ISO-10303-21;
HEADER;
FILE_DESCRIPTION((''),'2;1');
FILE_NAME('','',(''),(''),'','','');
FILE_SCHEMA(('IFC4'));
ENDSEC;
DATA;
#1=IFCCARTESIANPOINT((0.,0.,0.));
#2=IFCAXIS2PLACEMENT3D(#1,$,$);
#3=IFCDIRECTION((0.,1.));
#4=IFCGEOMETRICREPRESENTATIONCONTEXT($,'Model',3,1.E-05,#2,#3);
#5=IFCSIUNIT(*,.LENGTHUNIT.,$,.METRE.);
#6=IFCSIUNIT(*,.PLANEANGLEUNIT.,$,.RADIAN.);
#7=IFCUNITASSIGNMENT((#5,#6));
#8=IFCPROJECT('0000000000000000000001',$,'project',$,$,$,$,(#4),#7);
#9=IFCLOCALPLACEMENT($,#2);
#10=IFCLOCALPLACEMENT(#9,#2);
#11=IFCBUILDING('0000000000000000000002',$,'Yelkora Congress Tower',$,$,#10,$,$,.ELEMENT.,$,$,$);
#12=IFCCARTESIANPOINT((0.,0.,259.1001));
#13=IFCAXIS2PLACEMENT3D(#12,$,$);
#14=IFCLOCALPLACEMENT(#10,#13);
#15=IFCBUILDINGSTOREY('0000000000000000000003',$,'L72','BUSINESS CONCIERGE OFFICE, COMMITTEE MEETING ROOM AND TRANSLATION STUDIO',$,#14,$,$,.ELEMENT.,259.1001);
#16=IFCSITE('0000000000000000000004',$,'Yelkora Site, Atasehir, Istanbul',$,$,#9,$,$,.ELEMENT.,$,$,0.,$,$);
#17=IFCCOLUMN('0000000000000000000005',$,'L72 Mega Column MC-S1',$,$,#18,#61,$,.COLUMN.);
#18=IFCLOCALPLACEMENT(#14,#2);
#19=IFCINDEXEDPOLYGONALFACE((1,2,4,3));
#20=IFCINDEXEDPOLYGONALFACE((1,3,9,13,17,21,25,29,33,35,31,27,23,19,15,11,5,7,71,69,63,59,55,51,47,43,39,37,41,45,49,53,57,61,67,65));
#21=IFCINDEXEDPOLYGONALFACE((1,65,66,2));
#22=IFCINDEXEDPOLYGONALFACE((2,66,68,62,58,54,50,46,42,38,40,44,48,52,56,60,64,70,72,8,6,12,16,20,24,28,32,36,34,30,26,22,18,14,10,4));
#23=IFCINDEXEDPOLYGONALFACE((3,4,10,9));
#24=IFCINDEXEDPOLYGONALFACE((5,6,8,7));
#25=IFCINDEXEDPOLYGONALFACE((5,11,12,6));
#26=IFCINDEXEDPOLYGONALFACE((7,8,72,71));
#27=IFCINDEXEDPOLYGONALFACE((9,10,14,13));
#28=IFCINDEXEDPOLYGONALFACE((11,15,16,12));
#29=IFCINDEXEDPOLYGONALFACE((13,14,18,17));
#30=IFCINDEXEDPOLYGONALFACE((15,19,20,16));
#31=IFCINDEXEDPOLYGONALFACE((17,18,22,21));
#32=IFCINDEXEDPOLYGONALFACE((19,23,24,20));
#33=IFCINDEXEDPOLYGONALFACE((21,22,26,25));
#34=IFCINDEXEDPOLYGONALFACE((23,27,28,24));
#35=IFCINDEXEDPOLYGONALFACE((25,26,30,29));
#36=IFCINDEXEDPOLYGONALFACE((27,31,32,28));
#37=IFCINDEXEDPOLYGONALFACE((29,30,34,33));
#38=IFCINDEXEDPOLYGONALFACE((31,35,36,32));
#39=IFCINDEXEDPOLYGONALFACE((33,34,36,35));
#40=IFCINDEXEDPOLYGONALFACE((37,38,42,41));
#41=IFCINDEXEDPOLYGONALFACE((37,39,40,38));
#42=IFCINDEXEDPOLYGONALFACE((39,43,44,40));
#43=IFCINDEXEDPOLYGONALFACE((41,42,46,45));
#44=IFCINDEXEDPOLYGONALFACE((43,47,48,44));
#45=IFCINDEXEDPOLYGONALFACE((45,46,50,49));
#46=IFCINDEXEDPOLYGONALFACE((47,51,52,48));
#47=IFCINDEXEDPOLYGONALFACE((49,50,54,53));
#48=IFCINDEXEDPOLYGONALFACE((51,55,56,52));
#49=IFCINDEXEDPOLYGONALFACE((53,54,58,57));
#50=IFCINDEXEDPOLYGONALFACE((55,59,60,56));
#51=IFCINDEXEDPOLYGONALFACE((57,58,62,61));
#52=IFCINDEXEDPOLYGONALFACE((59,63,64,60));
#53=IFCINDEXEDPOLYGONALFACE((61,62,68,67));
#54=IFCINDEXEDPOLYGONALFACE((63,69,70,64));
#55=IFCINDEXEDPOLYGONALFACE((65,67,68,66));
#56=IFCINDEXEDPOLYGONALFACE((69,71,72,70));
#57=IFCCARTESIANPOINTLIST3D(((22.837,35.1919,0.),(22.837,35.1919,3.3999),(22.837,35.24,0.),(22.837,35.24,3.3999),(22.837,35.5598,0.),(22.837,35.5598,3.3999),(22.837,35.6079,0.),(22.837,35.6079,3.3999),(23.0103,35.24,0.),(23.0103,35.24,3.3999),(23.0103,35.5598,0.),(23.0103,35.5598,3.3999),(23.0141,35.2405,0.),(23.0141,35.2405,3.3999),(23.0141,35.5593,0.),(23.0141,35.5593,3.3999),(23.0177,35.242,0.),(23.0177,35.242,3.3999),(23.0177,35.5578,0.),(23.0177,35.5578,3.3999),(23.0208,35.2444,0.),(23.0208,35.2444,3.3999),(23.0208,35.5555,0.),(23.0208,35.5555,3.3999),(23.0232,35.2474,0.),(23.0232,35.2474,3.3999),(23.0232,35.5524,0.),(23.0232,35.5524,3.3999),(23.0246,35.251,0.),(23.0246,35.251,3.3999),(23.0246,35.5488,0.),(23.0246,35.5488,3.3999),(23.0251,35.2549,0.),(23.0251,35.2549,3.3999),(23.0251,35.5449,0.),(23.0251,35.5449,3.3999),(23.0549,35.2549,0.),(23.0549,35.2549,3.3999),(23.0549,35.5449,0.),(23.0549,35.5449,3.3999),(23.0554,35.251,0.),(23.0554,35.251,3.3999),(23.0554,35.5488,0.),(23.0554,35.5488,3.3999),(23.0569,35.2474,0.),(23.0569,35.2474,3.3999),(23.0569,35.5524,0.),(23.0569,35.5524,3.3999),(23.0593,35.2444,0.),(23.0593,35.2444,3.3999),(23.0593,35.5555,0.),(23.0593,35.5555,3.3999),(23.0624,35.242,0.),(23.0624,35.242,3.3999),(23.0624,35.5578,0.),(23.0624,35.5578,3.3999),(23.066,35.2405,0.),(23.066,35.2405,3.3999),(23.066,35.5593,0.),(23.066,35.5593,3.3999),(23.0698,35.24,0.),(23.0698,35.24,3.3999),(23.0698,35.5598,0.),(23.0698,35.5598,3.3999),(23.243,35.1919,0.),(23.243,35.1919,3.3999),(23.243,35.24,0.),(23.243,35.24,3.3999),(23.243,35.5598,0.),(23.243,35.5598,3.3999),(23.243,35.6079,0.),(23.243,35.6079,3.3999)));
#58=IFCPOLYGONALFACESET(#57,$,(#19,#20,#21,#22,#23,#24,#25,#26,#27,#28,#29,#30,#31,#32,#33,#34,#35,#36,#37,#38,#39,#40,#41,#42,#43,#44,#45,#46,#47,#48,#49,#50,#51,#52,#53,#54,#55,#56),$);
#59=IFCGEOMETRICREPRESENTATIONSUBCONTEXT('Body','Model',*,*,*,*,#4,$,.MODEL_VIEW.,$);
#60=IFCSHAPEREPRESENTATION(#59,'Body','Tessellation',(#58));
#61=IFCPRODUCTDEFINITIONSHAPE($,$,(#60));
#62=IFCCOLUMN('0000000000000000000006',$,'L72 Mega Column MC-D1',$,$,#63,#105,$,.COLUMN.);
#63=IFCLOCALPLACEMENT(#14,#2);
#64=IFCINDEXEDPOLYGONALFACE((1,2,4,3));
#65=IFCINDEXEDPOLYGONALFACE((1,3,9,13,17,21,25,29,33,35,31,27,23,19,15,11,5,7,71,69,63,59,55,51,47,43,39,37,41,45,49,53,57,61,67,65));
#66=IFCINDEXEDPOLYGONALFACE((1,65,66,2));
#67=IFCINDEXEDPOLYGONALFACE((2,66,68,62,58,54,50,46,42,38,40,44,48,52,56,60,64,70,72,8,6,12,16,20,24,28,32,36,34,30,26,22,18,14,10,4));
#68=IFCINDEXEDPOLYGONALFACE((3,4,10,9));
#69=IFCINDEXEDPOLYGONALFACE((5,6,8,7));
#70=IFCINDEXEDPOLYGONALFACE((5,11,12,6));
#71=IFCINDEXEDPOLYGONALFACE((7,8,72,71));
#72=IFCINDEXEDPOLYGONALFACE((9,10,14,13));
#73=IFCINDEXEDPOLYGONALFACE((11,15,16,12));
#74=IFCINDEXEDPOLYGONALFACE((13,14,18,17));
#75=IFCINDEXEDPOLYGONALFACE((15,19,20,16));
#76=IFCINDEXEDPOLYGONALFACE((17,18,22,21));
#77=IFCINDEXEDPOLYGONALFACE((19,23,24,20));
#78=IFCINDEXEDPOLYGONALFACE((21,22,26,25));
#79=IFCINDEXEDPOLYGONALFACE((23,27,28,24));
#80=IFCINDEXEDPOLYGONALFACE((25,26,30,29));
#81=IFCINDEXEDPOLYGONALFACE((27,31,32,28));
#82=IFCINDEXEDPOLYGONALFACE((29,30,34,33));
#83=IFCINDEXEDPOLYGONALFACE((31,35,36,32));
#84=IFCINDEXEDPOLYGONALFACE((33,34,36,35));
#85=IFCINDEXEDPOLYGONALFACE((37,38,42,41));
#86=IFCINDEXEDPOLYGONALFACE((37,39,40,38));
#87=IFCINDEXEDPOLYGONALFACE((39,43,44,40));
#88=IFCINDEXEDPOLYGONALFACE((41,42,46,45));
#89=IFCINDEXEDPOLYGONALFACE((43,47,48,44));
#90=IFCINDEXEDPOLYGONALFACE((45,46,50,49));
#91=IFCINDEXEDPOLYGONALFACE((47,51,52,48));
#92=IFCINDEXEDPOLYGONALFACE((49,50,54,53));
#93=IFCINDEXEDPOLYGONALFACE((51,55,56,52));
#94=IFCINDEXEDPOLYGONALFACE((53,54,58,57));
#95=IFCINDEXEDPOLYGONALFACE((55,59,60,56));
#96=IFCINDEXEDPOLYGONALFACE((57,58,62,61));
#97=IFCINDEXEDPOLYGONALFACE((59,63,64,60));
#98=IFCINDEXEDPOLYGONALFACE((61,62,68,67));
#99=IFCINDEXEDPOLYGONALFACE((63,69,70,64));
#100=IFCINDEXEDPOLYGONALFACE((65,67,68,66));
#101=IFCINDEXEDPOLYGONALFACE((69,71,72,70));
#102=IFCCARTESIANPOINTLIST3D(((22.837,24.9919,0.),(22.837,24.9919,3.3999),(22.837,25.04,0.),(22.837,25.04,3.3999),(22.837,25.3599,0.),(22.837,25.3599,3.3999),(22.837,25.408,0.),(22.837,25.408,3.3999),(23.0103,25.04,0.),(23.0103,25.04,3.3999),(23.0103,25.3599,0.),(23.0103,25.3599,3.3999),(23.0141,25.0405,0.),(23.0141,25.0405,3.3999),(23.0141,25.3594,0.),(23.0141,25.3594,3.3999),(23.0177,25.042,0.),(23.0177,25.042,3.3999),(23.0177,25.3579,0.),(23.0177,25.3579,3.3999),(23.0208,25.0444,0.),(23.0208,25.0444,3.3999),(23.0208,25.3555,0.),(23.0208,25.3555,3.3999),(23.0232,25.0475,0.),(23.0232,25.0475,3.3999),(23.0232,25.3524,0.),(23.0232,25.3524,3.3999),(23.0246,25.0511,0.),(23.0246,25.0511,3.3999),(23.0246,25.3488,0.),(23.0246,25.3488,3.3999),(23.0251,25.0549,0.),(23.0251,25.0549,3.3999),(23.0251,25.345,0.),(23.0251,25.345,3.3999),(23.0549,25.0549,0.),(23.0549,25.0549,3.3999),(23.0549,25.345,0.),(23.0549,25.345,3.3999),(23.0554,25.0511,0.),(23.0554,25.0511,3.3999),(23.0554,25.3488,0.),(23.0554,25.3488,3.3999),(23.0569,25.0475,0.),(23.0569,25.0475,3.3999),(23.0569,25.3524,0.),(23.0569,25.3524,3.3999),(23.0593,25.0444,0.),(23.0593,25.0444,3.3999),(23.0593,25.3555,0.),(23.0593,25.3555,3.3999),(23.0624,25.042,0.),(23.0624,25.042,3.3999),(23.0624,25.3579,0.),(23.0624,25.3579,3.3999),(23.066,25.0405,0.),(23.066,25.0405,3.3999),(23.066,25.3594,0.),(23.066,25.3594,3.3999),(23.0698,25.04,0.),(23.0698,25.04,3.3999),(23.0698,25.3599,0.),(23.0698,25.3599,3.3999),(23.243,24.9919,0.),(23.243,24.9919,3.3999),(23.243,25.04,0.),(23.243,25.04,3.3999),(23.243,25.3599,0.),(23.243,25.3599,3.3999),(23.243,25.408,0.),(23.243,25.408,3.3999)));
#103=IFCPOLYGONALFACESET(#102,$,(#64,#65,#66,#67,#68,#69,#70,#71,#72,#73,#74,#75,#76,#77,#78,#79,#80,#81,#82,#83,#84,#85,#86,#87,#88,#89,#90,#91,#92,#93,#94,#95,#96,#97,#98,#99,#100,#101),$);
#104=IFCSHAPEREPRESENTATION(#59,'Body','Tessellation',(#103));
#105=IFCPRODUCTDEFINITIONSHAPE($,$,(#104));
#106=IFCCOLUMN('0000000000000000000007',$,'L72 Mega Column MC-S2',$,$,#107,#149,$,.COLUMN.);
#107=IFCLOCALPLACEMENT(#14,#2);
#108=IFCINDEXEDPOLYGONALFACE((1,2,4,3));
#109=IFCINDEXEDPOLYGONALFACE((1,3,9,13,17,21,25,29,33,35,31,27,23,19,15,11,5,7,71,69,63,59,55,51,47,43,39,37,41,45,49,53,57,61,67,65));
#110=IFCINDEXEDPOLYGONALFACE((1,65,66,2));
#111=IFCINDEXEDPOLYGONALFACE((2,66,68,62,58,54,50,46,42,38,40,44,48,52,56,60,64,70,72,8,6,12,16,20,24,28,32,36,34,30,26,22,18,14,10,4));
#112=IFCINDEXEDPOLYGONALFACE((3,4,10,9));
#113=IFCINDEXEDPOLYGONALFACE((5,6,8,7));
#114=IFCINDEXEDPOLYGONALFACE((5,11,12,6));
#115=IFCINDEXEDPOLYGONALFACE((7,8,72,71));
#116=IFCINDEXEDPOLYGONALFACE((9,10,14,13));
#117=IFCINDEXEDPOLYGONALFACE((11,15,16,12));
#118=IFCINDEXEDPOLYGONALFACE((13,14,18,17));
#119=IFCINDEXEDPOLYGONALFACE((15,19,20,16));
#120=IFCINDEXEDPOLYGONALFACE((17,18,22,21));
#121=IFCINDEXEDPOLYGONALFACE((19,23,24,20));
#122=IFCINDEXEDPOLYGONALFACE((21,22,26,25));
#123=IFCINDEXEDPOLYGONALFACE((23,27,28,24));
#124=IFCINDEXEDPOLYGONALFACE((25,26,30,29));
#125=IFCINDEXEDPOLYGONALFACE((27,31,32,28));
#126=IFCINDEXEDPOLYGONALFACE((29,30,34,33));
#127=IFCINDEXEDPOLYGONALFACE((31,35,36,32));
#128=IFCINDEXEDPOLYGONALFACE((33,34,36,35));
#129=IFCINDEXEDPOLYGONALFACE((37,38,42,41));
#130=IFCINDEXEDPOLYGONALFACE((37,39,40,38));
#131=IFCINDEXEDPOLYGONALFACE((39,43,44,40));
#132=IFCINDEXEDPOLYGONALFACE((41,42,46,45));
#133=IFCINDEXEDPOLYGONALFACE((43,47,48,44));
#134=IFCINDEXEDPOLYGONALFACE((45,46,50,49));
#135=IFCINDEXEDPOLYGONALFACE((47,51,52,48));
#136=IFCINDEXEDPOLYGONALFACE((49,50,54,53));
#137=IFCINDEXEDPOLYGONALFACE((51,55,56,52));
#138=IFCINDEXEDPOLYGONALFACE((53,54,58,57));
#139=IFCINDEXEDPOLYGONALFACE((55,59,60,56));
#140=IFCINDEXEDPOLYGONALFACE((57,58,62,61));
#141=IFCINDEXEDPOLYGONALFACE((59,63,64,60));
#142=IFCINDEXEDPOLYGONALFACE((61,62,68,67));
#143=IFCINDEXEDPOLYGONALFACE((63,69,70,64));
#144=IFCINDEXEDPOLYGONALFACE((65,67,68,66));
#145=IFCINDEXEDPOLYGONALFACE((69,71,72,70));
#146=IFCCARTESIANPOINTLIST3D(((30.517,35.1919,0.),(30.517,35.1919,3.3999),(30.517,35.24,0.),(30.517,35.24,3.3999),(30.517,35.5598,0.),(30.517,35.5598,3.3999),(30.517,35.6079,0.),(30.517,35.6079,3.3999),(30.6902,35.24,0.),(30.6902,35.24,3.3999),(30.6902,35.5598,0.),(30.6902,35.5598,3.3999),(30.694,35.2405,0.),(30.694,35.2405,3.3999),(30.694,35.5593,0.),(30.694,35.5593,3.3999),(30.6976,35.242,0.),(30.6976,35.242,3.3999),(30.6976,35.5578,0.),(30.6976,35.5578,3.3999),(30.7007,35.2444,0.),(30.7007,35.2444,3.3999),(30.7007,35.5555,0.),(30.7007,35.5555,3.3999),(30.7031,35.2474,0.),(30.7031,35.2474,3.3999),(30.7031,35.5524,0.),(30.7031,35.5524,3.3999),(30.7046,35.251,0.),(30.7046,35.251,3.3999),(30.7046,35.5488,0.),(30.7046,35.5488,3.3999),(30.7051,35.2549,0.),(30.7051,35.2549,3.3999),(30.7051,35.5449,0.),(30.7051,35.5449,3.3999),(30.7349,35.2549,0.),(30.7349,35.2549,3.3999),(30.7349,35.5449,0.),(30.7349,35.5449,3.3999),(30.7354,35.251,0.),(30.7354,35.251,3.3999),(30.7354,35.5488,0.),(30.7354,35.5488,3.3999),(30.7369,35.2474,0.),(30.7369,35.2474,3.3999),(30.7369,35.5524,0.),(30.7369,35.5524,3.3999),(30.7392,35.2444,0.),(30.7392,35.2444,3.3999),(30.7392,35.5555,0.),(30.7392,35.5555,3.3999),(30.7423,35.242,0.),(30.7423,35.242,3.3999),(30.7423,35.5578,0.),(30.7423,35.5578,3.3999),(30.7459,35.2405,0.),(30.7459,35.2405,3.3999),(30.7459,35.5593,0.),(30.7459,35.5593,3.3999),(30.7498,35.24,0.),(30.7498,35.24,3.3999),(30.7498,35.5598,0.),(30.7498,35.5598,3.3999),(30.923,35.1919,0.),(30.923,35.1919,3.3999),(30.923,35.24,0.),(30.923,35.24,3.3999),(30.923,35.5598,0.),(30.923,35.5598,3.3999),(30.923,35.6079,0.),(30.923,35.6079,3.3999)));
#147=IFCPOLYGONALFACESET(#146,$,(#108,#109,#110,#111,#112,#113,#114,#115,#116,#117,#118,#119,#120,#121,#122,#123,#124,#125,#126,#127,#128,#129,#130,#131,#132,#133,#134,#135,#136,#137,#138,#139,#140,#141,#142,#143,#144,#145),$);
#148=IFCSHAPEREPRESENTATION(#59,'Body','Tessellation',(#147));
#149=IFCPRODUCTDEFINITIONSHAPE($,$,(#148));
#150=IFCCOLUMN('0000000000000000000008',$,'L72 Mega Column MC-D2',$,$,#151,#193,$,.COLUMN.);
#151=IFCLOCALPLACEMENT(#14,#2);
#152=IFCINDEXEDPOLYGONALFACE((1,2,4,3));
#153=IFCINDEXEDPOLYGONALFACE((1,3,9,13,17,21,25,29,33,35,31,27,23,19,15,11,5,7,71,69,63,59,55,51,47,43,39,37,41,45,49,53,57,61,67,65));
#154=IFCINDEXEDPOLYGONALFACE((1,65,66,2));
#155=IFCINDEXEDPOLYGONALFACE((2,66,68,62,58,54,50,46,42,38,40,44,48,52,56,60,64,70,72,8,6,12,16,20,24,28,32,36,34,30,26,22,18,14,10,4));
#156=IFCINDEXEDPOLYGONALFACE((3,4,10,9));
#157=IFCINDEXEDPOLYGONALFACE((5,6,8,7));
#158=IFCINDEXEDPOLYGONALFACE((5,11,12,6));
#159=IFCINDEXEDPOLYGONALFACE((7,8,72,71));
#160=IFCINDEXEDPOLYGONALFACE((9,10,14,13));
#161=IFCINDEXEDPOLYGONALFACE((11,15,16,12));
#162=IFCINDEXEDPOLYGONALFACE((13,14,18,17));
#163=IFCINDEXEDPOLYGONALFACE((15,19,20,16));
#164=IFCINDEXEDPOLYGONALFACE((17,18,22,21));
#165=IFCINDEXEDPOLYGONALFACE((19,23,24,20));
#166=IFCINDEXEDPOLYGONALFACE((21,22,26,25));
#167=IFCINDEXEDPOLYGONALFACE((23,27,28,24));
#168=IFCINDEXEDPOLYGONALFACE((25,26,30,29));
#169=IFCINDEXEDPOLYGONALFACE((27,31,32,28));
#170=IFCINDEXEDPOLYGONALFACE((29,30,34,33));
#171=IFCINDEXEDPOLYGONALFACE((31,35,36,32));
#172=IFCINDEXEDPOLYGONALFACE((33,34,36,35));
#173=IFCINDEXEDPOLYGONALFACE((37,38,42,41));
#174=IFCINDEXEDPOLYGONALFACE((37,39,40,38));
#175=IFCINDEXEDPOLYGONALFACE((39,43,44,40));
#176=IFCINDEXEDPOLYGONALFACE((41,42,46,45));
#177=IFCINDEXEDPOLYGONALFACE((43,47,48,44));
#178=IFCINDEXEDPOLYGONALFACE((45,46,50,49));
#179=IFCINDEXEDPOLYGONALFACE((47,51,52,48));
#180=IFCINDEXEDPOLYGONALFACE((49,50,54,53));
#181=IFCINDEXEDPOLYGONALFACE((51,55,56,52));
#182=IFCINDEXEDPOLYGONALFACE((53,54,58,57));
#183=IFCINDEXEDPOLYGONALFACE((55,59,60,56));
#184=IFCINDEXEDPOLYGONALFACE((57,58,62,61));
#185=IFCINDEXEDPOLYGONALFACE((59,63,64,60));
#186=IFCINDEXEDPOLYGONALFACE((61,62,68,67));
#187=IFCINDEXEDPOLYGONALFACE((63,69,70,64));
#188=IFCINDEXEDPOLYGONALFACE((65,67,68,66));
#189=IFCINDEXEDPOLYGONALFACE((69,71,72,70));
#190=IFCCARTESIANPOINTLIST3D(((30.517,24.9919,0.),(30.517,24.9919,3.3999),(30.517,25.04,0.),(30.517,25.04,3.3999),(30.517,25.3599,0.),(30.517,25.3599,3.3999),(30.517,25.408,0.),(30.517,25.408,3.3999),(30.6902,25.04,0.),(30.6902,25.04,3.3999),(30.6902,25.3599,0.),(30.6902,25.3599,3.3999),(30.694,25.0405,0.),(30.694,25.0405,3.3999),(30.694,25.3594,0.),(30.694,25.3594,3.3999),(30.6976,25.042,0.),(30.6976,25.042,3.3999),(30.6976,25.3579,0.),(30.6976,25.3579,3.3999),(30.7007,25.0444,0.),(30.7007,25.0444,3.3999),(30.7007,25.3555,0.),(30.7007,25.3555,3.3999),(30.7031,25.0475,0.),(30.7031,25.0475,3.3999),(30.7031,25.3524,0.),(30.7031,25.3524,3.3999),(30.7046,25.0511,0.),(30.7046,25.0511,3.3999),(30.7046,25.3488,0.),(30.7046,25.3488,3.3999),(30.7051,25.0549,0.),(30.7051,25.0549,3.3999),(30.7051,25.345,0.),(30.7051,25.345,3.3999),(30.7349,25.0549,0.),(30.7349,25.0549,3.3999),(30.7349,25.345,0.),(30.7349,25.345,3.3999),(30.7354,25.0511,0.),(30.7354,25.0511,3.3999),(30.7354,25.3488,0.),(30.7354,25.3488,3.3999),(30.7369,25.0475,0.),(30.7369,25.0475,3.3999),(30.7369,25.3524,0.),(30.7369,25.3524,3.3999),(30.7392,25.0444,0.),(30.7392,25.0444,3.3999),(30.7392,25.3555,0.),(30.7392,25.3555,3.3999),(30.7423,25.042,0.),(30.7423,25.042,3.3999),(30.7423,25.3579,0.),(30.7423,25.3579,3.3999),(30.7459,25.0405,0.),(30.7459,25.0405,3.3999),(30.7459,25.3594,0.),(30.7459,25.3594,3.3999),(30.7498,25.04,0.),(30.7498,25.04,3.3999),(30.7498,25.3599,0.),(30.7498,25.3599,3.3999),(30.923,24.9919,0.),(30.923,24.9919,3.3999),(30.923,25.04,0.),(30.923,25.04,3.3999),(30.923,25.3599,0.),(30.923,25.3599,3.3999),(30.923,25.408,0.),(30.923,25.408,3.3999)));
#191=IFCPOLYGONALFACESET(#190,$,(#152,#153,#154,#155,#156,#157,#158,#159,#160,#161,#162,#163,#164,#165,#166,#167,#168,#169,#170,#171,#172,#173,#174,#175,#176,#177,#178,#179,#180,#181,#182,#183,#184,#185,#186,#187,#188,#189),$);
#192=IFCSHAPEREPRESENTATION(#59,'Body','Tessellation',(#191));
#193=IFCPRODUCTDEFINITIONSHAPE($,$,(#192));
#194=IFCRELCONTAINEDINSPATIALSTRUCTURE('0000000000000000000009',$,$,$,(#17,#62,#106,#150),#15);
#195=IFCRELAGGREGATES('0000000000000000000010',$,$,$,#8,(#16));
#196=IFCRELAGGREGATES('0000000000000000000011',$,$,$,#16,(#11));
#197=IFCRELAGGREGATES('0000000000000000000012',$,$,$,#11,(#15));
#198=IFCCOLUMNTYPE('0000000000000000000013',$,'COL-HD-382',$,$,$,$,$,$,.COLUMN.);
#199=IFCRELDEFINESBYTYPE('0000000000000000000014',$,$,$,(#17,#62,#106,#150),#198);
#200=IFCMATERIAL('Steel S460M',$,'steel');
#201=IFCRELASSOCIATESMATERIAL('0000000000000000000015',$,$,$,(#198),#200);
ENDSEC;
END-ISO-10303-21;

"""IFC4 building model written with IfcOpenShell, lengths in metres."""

from ifc_helpers import new_model, si_unit, direction, frame, origin, origin_2d, place, context, subcontext, project, spatial, i_section, extrude, material, material_profile, profile_set, type_object, element, save


model = new_model("IFC4")

# Units and contexts
model_context = context("Model", 3, precision=1e-05, world=origin(), true_north=direction((0.0, 1.0)))
body_context = subcontext(model_context, "Body", "Model", "MODEL_VIEW")
ifc_project = project(units=[si_unit("LENGTHUNIT", "METRE"), si_unit("PLANEANGLEUNIT", "RADIAN")], contexts=[model_context])

# Site, building, storey
site_placement = place(None, origin())
site = spatial("IfcSite", under=ifc_project, at=site_placement, Name="Yelkora Site, Atasehir, Istanbul", CompositionType="ELEMENT", RefElevation=0.0)
building_placement = place(site_placement, origin())
building = spatial("IfcBuilding", under=site, at=building_placement, Name="Yelkora Congress Tower", CompositionType="ELEMENT")
storey_placement = place(building_placement, frame((0.0, 0.0, 259.1001)))
storey = spatial("IfcBuildingStorey", under=building, at=storey_placement, Name="L72", Description="BUSINESS CONCIERGE OFFICE, COMMITTEE MEETING ROOM AND TRANSLATION STUDIO", CompositionType="ELEMENT", Elevation=259.1001)

# Columns
ifc_material_1 = material(Name="Steel S460M", Category="steel")
ifc_material_profile_1 = material_profile(ifc_material_1, i_section(OverallWidth=0.406, OverallDepth=0.416, WebThickness=0.0298, FlangeThickness=0.0481, FilletRadius=0.0149, at=origin_2d()), Name="HD 400x382")
ifc_profile_set_1 = profile_set([ifc_material_profile_1], Name="Steel S460M")
column_type = type_object("IfcColumnType", Name="COL-HD-382", PredefinedType="COLUMN", material=ifc_profile_set_1)
for number, where, z_axis, x_axis, name in (
    (1, (23.04, 35.3999, 0.0), (0.0, 0.0, 1.0), (1.0, 0.0, 0.0), "L72 Mega Column MC-S1"),
    (2, (23.04, 25.2, 0.0), (0.0, 0.0, 1.0), (1.0, 0.0, 0.0), "L72 Mega Column MC-D1"),
    (3, (30.72, 35.3999, 0.0), (0.0, 0.0, 1.0), (1.0, 0.0, 0.0), "L72 Mega Column MC-S2"),
    (4, (30.72, 25.2, 0.0), (0.0, 0.0, 1.0), (1.0, 0.0, 0.0), "L72 Mega Column MC-D2"),
):
    element("IfcColumn", number, at=place(storey_placement, frame(where, z_axis=z_axis, x_axis=x_axis)), inside=storey, type_object=column_type, Name=name, PredefinedType="COLUMN", context=body_context, shape_type="SweptSolid", body=[
        extrude(i_section(OverallWidth=0.406, OverallDepth=0.416, WebThickness=0.0298, FlangeThickness=0.0481, FilletRadius=0.0149, at=origin_2d()), origin(), (0.0, 0.0, 1.0), 3.3999),
    ])

save(model, "model.ifc")
